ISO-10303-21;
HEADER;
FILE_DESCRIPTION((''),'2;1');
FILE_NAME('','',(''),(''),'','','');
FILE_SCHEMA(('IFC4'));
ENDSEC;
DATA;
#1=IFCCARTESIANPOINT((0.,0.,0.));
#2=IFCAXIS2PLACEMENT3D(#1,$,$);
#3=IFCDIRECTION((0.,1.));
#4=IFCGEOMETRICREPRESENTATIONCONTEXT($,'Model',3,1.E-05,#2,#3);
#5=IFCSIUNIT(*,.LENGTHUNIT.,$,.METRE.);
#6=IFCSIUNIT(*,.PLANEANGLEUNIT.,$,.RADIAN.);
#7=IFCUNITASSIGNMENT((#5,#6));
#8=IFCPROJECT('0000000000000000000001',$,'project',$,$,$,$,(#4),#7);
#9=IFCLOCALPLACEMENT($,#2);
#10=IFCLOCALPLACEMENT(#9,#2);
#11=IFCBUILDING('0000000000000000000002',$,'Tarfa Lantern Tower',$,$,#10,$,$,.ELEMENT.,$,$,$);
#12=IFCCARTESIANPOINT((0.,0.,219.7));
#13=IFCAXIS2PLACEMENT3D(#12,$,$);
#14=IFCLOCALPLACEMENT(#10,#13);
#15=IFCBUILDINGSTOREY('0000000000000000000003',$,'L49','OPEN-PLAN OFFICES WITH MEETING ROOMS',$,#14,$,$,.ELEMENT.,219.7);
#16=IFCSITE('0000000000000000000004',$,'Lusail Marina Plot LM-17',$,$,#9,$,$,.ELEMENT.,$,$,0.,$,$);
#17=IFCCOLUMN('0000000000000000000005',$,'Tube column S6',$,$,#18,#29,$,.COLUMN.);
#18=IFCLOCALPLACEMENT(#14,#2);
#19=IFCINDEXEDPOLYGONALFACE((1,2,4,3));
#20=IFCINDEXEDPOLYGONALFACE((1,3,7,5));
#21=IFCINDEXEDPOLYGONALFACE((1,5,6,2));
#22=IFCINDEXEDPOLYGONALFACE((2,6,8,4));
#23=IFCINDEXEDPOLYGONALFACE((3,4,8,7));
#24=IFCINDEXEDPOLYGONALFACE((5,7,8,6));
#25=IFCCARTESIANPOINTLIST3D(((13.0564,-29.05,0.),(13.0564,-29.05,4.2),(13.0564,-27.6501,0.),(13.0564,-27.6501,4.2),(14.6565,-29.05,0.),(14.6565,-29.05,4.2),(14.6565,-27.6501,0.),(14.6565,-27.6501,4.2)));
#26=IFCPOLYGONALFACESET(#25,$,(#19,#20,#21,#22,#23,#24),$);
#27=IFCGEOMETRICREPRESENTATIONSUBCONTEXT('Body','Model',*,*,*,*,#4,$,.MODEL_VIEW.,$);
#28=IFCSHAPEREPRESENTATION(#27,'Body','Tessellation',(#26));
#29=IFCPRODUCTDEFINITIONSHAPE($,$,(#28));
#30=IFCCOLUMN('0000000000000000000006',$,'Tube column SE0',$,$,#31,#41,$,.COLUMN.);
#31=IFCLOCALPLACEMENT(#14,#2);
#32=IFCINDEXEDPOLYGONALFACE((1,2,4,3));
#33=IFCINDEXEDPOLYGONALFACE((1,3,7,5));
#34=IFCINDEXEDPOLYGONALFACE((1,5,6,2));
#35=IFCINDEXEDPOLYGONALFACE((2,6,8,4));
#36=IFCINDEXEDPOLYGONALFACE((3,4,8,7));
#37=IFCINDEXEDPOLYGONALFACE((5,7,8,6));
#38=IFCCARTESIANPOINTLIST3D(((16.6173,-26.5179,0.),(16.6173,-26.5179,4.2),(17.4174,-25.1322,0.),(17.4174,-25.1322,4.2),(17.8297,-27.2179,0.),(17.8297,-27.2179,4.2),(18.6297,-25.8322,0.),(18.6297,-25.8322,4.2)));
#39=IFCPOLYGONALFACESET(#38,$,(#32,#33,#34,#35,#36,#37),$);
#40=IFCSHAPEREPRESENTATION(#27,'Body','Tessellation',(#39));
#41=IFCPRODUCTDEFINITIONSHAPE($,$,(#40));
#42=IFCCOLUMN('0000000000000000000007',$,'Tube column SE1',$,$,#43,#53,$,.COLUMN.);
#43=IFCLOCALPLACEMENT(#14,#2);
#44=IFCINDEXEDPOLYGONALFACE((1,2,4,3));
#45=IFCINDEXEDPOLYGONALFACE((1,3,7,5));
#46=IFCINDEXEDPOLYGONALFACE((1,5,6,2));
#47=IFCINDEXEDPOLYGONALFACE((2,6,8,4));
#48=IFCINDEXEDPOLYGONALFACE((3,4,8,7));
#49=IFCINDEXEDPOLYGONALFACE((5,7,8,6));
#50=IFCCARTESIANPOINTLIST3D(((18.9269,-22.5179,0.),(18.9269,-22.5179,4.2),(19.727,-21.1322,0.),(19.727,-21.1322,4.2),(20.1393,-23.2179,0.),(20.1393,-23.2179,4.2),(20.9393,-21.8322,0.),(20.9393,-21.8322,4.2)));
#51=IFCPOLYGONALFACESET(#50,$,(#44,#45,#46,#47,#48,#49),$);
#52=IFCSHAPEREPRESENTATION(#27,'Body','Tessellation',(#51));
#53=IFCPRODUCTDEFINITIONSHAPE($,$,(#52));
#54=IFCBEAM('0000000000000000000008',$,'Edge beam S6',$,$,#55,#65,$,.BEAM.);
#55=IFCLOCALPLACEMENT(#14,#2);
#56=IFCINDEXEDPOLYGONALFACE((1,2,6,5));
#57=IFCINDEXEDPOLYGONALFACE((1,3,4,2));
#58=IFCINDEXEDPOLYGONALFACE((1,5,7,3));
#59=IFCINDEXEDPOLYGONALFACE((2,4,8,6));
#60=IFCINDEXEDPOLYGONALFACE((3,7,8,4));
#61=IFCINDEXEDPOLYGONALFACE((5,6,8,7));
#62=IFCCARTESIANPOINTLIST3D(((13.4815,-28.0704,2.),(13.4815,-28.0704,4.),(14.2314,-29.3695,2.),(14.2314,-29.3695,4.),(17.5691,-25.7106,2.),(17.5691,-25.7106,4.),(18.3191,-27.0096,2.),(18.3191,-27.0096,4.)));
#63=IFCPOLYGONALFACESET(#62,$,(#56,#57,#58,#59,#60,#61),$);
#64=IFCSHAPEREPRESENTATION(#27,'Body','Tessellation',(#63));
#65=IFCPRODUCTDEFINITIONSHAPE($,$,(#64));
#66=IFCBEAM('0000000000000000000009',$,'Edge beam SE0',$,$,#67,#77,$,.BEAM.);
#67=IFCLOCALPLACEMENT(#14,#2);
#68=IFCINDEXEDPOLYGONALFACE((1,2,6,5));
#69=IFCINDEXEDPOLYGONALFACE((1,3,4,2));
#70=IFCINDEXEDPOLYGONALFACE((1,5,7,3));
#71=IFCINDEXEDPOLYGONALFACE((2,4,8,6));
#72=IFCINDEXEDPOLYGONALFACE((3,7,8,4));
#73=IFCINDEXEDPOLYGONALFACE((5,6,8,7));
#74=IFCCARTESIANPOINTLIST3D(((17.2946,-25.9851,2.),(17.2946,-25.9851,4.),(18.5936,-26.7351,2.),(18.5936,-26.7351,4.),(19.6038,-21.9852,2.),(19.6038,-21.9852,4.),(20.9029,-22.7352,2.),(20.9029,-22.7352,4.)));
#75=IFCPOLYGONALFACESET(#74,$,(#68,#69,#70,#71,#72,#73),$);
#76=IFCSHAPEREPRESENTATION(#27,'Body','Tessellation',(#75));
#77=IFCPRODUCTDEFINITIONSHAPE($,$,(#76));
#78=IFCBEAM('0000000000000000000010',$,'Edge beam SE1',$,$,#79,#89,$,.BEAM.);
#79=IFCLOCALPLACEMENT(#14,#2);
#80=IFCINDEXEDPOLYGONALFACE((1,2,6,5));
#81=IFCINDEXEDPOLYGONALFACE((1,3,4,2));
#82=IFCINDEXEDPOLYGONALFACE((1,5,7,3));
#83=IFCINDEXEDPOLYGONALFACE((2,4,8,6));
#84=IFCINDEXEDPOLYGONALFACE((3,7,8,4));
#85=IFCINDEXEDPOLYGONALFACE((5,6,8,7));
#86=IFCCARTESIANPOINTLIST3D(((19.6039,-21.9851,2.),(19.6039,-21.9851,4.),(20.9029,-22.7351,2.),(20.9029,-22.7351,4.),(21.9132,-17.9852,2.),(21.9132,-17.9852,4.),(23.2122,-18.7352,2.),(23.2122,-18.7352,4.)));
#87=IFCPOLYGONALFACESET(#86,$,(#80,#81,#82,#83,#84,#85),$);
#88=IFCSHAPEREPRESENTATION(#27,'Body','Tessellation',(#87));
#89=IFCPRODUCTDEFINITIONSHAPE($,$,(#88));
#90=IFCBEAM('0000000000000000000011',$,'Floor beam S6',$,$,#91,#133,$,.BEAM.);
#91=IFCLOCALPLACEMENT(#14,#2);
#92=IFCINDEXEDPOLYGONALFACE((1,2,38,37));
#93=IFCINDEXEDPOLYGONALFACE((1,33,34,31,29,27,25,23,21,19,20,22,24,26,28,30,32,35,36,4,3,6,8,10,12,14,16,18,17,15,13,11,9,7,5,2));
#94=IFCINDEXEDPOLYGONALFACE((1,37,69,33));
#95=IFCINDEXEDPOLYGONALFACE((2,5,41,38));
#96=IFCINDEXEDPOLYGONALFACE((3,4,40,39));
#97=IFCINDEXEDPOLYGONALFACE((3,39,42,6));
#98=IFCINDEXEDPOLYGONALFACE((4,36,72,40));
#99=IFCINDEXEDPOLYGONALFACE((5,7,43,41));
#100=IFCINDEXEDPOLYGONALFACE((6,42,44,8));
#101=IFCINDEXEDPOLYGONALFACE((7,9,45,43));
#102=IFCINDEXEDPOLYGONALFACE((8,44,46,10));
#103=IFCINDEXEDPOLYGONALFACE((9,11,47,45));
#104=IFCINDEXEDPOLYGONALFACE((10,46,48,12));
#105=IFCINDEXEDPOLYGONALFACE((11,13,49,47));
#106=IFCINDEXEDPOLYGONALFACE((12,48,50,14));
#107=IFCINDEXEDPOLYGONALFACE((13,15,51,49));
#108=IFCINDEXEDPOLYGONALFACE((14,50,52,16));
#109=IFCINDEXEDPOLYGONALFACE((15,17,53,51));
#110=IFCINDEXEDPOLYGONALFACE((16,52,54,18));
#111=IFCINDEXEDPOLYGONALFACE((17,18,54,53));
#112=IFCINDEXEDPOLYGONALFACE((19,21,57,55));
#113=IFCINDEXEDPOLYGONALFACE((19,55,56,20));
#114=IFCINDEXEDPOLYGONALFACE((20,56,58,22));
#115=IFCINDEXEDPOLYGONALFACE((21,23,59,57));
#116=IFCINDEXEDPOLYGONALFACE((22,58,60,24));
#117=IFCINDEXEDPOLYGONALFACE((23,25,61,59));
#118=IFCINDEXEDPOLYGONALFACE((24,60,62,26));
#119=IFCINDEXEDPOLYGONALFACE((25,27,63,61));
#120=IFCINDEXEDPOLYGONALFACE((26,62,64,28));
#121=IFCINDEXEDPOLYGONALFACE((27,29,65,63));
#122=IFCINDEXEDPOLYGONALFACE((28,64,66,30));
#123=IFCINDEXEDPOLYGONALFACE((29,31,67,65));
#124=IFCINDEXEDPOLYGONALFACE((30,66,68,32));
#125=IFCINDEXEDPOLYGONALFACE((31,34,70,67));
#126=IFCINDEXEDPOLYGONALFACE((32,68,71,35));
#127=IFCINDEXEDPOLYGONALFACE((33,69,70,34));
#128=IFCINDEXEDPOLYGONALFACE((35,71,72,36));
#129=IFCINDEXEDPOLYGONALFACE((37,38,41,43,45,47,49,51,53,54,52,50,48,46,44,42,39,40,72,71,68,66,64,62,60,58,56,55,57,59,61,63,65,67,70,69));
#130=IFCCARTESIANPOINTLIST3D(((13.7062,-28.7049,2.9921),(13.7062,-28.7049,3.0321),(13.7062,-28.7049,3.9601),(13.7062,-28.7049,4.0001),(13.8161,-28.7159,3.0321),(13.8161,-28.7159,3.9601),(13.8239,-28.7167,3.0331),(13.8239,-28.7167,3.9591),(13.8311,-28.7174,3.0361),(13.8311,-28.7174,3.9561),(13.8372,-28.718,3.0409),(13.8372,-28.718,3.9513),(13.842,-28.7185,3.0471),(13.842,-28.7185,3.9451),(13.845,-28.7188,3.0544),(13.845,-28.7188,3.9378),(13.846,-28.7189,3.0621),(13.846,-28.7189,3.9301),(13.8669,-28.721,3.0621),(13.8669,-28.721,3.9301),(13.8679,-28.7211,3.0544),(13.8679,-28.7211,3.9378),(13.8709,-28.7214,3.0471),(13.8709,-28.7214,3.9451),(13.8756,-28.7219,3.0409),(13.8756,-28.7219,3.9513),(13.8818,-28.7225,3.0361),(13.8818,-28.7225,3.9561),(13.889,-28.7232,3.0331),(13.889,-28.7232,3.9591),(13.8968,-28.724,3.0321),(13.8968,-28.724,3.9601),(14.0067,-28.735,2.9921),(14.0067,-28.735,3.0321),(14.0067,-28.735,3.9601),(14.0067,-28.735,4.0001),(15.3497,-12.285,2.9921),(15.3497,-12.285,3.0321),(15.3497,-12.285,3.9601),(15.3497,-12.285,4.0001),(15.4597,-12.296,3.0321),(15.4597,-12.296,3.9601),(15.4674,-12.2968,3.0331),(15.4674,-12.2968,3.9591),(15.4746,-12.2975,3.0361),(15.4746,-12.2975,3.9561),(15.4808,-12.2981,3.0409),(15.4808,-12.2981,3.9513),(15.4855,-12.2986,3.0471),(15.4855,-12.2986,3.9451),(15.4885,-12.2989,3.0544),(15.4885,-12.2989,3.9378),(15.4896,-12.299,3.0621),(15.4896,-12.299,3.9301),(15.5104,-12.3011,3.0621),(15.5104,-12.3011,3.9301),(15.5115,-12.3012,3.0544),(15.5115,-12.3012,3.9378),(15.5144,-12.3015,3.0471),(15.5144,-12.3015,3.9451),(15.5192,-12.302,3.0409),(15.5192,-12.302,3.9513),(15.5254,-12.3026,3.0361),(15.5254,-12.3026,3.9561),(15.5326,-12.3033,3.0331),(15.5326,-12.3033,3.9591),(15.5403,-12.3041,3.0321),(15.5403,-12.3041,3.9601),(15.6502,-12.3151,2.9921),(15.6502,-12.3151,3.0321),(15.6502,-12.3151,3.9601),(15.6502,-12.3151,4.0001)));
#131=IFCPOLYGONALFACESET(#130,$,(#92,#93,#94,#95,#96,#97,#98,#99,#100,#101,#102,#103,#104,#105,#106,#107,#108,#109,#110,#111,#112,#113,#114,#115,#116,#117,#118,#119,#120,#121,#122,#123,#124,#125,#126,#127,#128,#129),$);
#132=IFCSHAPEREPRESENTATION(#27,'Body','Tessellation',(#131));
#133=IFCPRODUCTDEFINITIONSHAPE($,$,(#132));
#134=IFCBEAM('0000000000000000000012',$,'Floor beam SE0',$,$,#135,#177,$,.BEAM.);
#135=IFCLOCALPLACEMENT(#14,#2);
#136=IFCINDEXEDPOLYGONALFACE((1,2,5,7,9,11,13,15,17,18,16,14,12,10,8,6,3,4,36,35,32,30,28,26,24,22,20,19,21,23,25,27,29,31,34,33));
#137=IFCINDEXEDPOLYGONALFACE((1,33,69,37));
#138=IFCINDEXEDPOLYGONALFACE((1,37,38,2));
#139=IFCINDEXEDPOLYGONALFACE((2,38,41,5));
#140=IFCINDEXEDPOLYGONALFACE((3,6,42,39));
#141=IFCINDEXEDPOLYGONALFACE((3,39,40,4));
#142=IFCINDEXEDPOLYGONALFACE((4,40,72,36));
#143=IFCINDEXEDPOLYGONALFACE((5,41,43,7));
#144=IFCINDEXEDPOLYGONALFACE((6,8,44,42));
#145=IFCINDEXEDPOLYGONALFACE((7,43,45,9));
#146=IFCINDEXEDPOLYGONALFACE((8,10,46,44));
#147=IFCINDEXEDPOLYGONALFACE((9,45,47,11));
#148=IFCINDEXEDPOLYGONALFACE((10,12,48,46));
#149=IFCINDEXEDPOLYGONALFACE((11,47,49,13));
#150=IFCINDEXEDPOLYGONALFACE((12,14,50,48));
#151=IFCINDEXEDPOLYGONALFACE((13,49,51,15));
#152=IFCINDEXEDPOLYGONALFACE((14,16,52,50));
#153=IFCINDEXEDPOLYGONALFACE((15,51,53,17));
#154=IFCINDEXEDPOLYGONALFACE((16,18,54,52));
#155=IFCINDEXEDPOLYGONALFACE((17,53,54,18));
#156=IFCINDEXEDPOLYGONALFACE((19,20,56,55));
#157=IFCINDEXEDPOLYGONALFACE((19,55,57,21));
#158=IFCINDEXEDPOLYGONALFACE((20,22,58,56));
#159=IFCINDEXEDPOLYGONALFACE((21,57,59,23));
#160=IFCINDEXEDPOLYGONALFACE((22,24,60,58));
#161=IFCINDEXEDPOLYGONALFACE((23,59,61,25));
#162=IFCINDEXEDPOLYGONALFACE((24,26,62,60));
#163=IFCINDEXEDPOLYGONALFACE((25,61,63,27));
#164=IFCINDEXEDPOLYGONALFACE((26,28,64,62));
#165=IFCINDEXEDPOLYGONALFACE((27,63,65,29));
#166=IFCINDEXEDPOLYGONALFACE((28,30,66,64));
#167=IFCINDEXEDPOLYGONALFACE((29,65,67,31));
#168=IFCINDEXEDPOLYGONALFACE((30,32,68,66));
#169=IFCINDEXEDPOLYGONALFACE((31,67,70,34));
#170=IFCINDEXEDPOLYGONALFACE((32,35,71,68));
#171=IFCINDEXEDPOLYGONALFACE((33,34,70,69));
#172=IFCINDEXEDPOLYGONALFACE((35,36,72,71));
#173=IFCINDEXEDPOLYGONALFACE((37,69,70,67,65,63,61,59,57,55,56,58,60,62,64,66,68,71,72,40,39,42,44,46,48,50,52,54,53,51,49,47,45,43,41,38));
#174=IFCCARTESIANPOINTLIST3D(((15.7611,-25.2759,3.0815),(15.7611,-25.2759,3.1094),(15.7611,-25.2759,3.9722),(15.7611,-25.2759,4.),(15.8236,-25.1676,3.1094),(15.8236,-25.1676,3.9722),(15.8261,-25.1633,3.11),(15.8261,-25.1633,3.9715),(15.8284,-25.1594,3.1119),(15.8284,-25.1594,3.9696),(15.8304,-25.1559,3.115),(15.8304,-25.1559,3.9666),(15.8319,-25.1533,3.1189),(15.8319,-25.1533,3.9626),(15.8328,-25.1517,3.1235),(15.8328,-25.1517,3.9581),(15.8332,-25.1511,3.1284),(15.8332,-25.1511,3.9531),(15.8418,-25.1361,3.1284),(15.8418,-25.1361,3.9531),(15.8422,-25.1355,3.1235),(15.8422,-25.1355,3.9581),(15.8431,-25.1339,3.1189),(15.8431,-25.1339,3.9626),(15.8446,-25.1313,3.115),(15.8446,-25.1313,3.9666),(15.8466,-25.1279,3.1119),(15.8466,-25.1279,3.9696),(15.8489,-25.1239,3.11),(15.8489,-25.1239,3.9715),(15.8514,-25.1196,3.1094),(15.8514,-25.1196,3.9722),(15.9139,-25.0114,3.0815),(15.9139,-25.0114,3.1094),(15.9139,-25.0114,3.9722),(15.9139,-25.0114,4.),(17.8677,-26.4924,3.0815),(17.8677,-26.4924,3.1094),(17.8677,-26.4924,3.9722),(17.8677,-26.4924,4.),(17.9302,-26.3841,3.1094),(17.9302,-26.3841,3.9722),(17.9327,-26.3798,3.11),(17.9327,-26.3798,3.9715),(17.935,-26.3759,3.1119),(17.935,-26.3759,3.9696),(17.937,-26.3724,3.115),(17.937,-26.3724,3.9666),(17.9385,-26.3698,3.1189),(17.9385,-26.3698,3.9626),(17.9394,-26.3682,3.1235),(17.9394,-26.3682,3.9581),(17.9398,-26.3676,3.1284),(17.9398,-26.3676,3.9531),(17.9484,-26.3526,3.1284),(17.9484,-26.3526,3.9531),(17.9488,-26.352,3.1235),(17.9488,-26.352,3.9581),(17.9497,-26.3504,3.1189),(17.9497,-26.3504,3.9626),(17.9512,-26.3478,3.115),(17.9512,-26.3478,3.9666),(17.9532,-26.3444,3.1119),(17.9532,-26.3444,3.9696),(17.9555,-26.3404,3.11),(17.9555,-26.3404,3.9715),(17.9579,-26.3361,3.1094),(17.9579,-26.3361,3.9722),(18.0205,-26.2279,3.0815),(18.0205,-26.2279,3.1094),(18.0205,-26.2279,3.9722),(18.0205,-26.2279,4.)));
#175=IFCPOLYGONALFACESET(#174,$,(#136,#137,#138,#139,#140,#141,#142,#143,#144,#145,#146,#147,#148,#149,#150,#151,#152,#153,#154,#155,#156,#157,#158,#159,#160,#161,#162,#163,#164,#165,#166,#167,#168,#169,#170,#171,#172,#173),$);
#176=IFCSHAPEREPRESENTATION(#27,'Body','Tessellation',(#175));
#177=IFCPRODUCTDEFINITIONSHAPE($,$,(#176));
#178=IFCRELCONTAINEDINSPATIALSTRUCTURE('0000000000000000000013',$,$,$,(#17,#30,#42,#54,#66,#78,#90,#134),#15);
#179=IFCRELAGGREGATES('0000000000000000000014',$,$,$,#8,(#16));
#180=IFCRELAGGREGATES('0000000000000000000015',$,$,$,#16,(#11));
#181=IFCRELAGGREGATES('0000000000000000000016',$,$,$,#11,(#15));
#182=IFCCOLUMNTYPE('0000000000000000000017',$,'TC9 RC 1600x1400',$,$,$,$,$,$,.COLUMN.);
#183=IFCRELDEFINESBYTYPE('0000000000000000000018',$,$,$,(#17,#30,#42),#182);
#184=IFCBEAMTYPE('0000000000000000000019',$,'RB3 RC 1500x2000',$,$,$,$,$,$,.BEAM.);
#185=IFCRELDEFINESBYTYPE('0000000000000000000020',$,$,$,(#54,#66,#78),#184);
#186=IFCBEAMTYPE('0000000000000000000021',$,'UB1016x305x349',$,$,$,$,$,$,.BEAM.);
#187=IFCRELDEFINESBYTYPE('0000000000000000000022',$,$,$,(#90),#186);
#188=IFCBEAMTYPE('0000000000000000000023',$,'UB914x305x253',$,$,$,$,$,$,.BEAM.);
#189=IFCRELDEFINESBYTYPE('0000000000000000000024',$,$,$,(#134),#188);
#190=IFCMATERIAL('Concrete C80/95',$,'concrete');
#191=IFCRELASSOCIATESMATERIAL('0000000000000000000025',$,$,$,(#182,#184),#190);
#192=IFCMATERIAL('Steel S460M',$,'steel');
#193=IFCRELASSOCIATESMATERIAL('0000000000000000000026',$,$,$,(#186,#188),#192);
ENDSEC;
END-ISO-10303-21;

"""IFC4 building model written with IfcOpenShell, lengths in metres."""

from ifc_helpers import new_model, si_unit, direction, frame, origin, origin_2d, place, context, subcontext, project, spatial, rectangle, i_section, extrude, material, material_profile, profile_set, type_object, element, save


model = new_model("IFC4")

# Units and contexts
model_context = context("Model", 3, precision=1e-05, world=origin(), true_north=direction((0.0, 1.0)))
body_context = subcontext(model_context, "Body", "Model", "MODEL_VIEW")
ifc_project = project(units=[si_unit("LENGTHUNIT", "METRE"), si_unit("PLANEANGLEUNIT", "RADIAN")], contexts=[model_context])

# Site, building, storey
site_placement = place(None, origin())
site = spatial("IfcSite", under=ifc_project, at=site_placement, Name="Lusail Marina Plot LM-17", CompositionType="ELEMENT", RefElevation=0.0)
building_placement = place(site_placement, origin())
building = spatial("IfcBuilding", under=site, at=building_placement, Name="Tarfa Lantern Tower", CompositionType="ELEMENT")
storey_placement = place(building_placement, frame((0.0, 0.0, 219.7)))
storey = spatial("IfcBuildingStorey", under=building, at=storey_placement, Name="L49", Description="OPEN-PLAN OFFICES WITH MEETING ROOMS", CompositionType="ELEMENT", Elevation=219.7)

# Columns
ifc_material_1 = material(Name="Concrete C80/95", Category="concrete")
ifc_material_profile_1 = material_profile(ifc_material_1, rectangle(XDim=1.6001, YDim=1.3999, at=origin_2d()), Name="RC 1600x1400")
ifc_profile_set_1 = profile_set([ifc_material_profile_1], Name="Concrete C80/95")
column_type = type_object("IfcColumnType", Name="TC9 RC 1600x1400", PredefinedType="COLUMN", material=ifc_profile_set_1)
for number, where, z_axis, x_axis, name in (
    (1, (13.8564, -28.3501, 0.0), (0.0, 0.0, 1.0), (1.0, 0.0, 0.0), "Tube column S6"),
    (2, (17.6235, -26.175, 0.0), (0.0, 0.0, 1.0), (0.5, 0.866025, 0.0), "Tube column SE0"),
    (3, (19.9331, -22.175, 0.0), (0.0, 0.0, 1.0), (0.5, 0.866025, 0.0), "Tube column SE1"),
):
    element("IfcColumn", number, at=place(storey_placement, frame(where, z_axis=z_axis, x_axis=x_axis)), inside=storey, type_object=column_type, Name=name, PredefinedType="COLUMN", context=body_context, shape_type="SweptSolid", body=[
        extrude(rectangle(XDim=1.6001, YDim=1.3999, at=origin_2d()), origin(), (0.0, 0.0, 1.0), 4.2),
    ])

# Beams
ifc_material_profile_2 = material_profile(ifc_material_1, rectangle(XDim=1.5, YDim=2.0, at=origin_2d()), Name="RC 1500x2000")
ifc_profile_set_2 = profile_set([ifc_material_profile_2], Name="Concrete C80/95")
beam_type_1 = type_object("IfcBeamType", Name="RB3 RC 1500x2000", PredefinedType="BEAM", material=ifc_profile_set_2)
beam_1_placement = place(storey_placement, frame((13.8564, -28.72, 3.0), z_axis=(0.866038, 0.499978, 0.0), x_axis=(-0.499978, 0.866038, 0.0)))
element("IfcBeam", 4, at=beam_1_placement, inside=storey, type_object=beam_type_1, Name="Edge beam S6", PredefinedType="BEAM", context=body_context, shape_type="SweptSolid", body=[
    extrude(rectangle(XDim=1.5, YDim=2.0, at=origin_2d()), origin(), (0.0, 0.0, 1.0), 4.72),
])
for number, where, z_axis, x_axis, name in (
    (5, (17.9441, -26.3601, 3.0), (0.499988, 0.866032, 0.0), (-0.866032, 0.499988, 0.0), "Edge beam SE0"),
    (6, (20.2534, -22.3601, 3.0), (0.499988, 0.866032, 0.0), (-0.866032, 0.499988, 0.0), "Edge beam SE1"),
):
    element("IfcBeam", number, at=place(storey_placement, frame(where, z_axis=z_axis, x_axis=x_axis)), inside=storey, type_object=beam_type_1, Name=name, PredefinedType="BEAM", context=body_context, shape_type="SweptSolid", body=[
        extrude(rectangle(XDim=1.5, YDim=2.0, at=origin_2d()), origin(), (0.0, 0.0, 1.0), 4.6187),
    ])
ifc_material_2 = material(Name="Steel S460M", Category="steel")
ifc_material_profile_3 = material_profile(ifc_material_2, i_section(OverallWidth=0.302, OverallDepth=1.0081, WebThickness=0.021, FlangeThickness=0.04, FilletRadius=0.03, at=origin_2d()), Name="UB1016x305x349")
ifc_profile_set_3 = profile_set([ifc_material_profile_3], Name="Steel S460M")
beam_type_2 = type_object("IfcBeamType", Name="UB1016x305x349", PredefinedType="BEAM", material=ifc_profile_set_3)
beam_2_placement = place(storey_placement, frame((13.8564, -28.72, 3.4961), z_axis=(0.099597, 0.995028, 0.0), x_axis=(-0.995028, 0.099597, 0.0)))
element("IfcBeam", 7, at=beam_2_placement, inside=storey, type_object=beam_type_2, Name="Floor beam S6", PredefinedType="BEAM", context=body_context, shape_type="SweptSolid", body=[
    extrude(i_section(OverallWidth=0.302, OverallDepth=1.0081, WebThickness=0.021, FlangeThickness=0.04, FilletRadius=0.03, at=origin_2d()), origin(), (0.0, 0.0, 1.0), 16.502),
])
ifc_material_profile_4 = material_profile(ifc_material_2, i_section(OverallWidth=0.3054, OverallDepth=0.9185, WebThickness=0.0173, FlangeThickness=0.0278, FilletRadius=0.019, at=origin_2d()), Name="UB914x305x253")
ifc_profile_set_4 = profile_set([ifc_material_profile_4], Name="Steel S460M")
beam_type_3 = type_object("IfcBeamType", Name="UB914x305x253", PredefinedType="BEAM", material=ifc_profile_set_4)
beam_3_placement = place(storey_placement, frame((17.9441, -26.3601, 3.5408), z_axis=(-0.86598, 0.500079, 0.0), x_axis=(-0.500079, -0.86598, 0.0)))
element("IfcBeam", 8, at=beam_3_placement, inside=storey, type_object=beam_type_3, Name="Floor beam SE0", PredefinedType="BEAM", context=body_context, shape_type="SweptSolid", body=[
    extrude(i_section(OverallWidth=0.3054, OverallDepth=0.9185, WebThickness=0.0173, FlangeThickness=0.0278, FilletRadius=0.019, at=origin_2d()), origin(), (0.0, 0.0, 1.0), 2.4326),
])

save(model, "model.ifc")
